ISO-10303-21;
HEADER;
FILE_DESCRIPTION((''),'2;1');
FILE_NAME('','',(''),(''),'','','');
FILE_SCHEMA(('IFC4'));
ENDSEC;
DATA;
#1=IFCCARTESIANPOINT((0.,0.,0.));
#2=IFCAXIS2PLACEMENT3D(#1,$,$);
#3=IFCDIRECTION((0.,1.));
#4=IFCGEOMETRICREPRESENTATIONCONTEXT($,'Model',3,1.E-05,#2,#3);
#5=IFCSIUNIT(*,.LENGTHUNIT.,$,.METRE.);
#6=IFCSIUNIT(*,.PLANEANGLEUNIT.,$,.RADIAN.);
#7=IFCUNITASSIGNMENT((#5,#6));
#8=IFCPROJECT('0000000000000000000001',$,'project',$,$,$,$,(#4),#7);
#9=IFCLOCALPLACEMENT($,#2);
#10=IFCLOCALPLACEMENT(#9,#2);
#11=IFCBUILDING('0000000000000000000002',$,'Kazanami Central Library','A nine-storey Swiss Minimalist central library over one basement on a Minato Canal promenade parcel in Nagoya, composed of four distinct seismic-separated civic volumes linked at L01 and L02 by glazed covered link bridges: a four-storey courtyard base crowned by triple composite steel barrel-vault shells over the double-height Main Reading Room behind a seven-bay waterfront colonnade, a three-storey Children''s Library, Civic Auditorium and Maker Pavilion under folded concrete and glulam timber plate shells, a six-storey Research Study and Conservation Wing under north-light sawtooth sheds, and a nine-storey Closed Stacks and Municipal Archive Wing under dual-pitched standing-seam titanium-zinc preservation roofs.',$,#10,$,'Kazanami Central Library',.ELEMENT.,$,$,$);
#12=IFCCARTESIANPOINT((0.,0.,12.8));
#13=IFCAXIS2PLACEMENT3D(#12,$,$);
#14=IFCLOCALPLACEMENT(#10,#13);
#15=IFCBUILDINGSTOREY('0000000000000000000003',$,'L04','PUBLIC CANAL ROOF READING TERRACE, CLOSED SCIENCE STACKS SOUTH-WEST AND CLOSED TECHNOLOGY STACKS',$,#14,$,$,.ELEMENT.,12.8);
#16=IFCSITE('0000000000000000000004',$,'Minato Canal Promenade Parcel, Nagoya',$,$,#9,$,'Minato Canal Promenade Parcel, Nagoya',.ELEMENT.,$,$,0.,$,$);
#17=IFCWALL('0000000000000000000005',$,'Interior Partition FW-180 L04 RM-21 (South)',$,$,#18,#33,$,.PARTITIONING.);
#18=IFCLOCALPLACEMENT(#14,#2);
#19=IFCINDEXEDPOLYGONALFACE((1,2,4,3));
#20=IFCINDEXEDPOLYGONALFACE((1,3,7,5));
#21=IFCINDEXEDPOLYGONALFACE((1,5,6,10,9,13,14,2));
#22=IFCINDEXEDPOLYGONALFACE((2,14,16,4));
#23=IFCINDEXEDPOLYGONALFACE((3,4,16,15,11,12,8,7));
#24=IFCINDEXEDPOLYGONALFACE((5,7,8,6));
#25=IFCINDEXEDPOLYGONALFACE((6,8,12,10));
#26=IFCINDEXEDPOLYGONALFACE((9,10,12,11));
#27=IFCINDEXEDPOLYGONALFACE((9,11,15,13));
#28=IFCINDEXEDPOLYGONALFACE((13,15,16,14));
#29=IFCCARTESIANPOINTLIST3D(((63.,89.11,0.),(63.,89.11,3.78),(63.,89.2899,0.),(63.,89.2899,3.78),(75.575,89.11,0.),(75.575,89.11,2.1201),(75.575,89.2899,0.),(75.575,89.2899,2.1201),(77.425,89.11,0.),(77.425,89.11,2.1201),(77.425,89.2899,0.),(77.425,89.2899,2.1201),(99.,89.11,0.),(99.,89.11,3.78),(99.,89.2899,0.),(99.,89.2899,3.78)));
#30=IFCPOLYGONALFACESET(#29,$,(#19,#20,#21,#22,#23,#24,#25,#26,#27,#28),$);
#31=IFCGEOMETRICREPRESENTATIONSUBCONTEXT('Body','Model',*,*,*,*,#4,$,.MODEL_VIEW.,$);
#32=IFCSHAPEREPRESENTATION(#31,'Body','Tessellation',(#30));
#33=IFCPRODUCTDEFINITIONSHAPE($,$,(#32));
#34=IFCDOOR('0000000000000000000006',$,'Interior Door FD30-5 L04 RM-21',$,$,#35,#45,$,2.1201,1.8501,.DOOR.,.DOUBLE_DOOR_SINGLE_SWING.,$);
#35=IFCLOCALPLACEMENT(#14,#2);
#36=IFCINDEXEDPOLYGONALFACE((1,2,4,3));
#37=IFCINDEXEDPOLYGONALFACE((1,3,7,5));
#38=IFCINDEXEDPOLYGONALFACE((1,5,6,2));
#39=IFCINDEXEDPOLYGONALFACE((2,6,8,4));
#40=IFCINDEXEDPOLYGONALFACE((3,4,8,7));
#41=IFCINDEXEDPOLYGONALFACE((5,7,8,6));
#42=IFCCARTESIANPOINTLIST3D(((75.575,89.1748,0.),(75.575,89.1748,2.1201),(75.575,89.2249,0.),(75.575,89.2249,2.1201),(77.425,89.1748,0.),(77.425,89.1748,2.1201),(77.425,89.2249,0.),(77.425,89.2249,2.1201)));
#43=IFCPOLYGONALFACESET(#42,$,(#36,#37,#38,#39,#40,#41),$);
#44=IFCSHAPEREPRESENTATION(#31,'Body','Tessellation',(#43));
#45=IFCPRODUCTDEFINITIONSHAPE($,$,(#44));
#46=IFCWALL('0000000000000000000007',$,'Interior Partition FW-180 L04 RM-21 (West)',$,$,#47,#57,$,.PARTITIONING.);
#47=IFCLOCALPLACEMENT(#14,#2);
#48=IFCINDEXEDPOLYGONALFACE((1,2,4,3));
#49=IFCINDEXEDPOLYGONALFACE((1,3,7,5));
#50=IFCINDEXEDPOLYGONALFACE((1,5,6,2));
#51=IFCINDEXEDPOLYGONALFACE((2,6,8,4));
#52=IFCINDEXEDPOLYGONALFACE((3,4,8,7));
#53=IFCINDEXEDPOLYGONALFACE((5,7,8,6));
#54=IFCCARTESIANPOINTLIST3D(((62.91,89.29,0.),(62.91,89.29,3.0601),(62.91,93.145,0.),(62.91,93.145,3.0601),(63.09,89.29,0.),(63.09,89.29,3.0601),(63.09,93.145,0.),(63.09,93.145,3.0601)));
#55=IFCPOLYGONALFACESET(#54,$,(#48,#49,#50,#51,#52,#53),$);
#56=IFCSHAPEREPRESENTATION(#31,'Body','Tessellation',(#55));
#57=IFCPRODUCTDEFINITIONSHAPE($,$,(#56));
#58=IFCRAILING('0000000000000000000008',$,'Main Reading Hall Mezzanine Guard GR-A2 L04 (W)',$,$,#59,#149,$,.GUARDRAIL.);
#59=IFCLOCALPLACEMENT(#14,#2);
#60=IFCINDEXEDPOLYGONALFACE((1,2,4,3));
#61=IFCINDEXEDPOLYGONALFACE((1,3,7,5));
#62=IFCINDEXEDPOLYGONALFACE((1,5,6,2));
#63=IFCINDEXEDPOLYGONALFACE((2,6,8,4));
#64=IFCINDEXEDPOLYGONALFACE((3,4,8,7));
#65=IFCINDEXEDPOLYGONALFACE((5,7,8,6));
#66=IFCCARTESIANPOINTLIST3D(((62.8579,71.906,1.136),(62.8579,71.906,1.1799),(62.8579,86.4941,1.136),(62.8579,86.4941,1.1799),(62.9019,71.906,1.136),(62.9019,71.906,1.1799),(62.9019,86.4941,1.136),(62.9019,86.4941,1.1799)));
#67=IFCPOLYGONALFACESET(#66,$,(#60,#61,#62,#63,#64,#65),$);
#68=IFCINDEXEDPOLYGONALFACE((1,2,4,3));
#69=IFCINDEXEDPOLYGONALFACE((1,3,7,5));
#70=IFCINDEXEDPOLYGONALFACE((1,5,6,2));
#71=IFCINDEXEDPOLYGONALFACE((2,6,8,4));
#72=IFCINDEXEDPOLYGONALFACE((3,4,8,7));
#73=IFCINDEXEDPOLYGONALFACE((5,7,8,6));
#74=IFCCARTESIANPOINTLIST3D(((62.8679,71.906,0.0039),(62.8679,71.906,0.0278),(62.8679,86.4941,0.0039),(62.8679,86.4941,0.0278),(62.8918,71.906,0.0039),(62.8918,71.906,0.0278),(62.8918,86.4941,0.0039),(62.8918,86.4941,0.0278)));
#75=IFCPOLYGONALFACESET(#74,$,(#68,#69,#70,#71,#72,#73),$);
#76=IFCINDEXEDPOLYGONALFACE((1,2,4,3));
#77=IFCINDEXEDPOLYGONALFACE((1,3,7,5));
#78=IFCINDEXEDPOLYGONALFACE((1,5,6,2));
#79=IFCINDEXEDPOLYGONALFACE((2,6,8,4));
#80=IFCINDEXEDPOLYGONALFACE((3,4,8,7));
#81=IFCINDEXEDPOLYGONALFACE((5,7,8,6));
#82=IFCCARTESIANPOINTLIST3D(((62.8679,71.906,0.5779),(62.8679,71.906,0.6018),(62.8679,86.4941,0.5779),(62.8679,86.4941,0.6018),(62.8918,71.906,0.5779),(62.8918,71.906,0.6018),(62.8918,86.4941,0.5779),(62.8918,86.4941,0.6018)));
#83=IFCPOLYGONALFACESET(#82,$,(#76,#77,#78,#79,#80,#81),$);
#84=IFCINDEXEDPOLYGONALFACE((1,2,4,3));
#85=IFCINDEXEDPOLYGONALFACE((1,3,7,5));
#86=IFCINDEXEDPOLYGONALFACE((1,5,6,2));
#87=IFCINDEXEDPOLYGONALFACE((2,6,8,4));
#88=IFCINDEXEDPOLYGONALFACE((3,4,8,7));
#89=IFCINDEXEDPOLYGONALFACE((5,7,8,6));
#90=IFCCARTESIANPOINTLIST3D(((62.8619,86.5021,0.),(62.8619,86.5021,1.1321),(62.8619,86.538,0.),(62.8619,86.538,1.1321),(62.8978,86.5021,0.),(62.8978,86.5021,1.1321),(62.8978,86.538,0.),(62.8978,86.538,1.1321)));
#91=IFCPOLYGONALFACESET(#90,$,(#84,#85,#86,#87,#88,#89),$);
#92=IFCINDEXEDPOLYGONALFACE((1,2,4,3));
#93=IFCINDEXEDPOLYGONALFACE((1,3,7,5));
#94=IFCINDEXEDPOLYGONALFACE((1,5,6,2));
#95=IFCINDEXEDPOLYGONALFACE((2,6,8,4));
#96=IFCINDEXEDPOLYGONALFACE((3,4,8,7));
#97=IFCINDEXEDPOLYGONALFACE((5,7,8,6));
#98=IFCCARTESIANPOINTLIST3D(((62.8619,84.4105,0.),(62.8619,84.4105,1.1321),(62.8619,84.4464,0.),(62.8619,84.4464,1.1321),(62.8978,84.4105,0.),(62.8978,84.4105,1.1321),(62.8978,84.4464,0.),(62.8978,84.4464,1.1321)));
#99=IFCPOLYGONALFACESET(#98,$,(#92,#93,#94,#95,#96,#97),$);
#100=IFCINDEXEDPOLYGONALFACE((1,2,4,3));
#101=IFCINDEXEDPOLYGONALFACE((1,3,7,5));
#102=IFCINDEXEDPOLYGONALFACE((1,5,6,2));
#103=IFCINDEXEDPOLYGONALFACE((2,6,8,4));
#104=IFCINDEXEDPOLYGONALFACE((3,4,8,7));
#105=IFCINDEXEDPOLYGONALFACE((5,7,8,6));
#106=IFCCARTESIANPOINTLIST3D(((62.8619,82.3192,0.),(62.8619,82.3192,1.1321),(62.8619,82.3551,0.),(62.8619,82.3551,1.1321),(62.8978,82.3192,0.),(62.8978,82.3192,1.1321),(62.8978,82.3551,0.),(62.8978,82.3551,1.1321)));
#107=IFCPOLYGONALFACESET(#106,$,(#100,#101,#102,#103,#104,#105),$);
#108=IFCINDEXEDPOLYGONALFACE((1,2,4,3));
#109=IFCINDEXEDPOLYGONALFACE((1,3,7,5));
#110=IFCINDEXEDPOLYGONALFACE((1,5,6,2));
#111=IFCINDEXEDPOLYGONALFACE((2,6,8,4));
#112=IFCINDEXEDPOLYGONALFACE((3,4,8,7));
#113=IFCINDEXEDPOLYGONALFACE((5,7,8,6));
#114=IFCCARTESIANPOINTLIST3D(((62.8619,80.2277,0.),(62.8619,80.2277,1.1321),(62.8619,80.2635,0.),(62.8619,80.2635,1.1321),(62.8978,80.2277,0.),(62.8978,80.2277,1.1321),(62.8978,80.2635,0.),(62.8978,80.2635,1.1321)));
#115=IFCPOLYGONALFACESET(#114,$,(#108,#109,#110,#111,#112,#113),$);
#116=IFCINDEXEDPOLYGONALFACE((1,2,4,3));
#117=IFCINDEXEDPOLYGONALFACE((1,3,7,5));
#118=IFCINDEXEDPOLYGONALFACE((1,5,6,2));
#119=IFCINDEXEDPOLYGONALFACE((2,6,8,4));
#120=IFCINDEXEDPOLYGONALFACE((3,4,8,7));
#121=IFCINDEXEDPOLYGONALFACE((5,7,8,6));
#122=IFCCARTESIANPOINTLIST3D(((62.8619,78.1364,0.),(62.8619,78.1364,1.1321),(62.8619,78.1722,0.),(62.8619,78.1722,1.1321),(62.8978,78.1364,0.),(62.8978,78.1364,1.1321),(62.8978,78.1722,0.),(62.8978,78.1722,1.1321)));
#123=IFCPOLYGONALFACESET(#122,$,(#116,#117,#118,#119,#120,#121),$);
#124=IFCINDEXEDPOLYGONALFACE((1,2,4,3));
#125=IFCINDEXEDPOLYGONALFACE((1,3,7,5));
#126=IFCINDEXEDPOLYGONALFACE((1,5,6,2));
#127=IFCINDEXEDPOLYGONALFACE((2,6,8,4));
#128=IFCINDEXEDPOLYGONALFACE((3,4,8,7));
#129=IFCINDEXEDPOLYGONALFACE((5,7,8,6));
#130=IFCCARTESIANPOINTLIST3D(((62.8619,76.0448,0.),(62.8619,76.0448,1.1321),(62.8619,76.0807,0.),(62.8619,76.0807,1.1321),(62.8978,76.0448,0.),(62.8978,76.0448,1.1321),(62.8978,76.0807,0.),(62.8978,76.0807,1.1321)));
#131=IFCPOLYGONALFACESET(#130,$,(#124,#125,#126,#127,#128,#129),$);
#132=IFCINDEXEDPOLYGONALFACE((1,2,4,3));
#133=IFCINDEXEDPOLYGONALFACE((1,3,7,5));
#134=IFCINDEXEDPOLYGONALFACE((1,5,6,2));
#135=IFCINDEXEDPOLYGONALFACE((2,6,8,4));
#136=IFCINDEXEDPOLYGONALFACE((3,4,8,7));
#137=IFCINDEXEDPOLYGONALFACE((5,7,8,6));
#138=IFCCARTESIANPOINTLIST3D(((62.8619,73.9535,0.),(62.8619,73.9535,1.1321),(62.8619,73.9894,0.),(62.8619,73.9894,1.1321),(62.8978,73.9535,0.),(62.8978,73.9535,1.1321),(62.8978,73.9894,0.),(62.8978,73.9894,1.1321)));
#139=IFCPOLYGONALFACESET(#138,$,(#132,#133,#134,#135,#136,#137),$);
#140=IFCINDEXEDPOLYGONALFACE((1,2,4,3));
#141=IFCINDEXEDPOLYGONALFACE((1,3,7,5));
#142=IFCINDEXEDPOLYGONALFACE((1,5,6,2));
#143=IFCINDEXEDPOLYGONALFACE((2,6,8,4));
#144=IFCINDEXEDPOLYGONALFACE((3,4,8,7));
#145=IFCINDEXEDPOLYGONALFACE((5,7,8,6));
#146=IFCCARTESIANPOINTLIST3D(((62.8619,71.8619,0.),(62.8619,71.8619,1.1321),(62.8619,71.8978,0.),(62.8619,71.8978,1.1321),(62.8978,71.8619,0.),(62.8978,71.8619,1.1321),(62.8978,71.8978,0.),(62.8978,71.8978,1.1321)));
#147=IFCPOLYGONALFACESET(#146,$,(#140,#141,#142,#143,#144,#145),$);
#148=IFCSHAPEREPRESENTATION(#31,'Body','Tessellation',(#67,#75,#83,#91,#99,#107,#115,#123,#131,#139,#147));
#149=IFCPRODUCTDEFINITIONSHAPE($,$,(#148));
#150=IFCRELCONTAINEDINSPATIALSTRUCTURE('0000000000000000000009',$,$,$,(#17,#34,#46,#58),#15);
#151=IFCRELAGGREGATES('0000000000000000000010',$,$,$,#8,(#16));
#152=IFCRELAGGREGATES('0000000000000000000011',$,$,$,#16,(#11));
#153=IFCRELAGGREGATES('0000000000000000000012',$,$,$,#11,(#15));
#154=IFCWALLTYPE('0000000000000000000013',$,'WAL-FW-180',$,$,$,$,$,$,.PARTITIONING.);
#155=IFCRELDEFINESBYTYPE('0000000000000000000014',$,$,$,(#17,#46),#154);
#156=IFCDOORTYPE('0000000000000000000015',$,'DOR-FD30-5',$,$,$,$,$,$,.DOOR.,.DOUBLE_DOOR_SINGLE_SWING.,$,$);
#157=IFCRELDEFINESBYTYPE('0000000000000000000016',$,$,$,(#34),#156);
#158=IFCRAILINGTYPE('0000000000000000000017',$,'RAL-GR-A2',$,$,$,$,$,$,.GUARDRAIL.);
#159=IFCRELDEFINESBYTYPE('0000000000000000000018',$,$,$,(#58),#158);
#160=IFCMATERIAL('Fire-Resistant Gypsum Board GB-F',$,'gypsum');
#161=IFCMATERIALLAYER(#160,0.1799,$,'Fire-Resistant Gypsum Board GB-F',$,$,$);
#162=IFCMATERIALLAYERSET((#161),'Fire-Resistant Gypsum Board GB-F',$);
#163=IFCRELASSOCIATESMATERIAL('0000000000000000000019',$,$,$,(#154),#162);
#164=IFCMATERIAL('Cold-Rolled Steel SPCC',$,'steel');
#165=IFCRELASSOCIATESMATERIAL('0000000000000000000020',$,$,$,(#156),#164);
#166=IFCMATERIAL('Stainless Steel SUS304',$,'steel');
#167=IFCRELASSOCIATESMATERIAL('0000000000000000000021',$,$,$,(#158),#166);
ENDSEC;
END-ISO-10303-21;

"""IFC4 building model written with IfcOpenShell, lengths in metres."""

from ifc_helpers import new_model, si_unit, direction, frame, frame_2d, origin, origin_2d, place, context, subcontext, project, spatial, rectangle, extrude, material, layer, layer_set, type_object, element, fill, save


model = new_model("IFC4")

# Units and contexts
model_context = context("Model", 3, precision=1e-05, world=origin(), true_north=direction((0.0, 1.0)))
body_context = subcontext(model_context, "Body", "Model", "MODEL_VIEW")
ifc_project = project(units=[si_unit("LENGTHUNIT", "METRE"), si_unit("PLANEANGLEUNIT", "RADIAN")], contexts=[model_context])

# Site, building, storey
site_placement = place(None, origin())
site = spatial("IfcSite", under=ifc_project, at=site_placement, Name="Minato Canal Promenade Parcel, Nagoya", LongName="Minato Canal Promenade Parcel, Nagoya", CompositionType="ELEMENT", RefElevation=0.0)
building_placement = place(site_placement, origin())
building = spatial("IfcBuilding", under=site, at=building_placement, Name="Kazanami Central Library", Description="A nine-storey Swiss Minimalist central library over one basement on a Minato Canal promenade parcel in Nagoya, composed of four distinct seismic-separated civic volumes linked at L01 and L02 by glazed covered link bridges: a four-storey courtyard base crowned by triple composite steel barrel-vault shells over the double-height Main Reading Room behind a seven-bay waterfront colonnade, a three-storey Children's Library, Civic Auditorium and Maker Pavilion under folded concrete and glulam timber plate shells, a six-storey Research Study and Conservation Wing under north-light sawtooth sheds, and a nine-storey Closed Stacks and Municipal Archive Wing under dual-pitched standing-seam titanium-zinc preservation roofs.", LongName="Kazanami Central Library", CompositionType="ELEMENT")
storey_placement = place(building_placement, frame((0.0, 0.0, 12.8)))
storey = spatial("IfcBuildingStorey", under=building, at=storey_placement, Name="L04", Description="PUBLIC CANAL ROOF READING TERRACE, CLOSED SCIENCE STACKS SOUTH-WEST AND CLOSED TECHNOLOGY STACKS", CompositionType="ELEMENT", Elevation=12.8)

# Wall, opening, door
ifc_material_1 = material(Name="Fire-Resistant Gypsum Board GB-F", Category="gypsum")
ifc_layer_1 = layer(ifc_material_1, 0.1799, Name="Fire-Resistant Gypsum Board GB-F")
ifc_layer_set_1 = layer_set([ifc_layer_1], Name="Fire-Resistant Gypsum Board GB-F")
wall_type_1 = type_object("IfcWallType", Name="WAL-FW-180", PredefinedType="PARTITIONING", material=ifc_layer_set_1)
wall_1_placement = place(storey_placement, frame((63.0, 89.2, 0.0), z_axis=(0.0, 0.0, 1.0), x_axis=(1.0, 0.0, 0.0)))
wall_1 = element("IfcWall", 1, at=wall_1_placement, inside=storey, type_object=wall_type_1, Name="Interior Partition FW-180 L04 RM-21 (South)", PredefinedType="PARTITIONING", context=body_context, shape_type="SweptSolid", body=[
    extrude(rectangle(XDim=36.0, YDim=0.1799, at=frame_2d((18.0, 0.0))), origin(), (0.0, 0.0, 1.0), 3.78),
])
opening_1_placement = place(wall_1_placement, frame((12.575, 0.0, 0.0)))
opening_1 = element("IfcOpeningElement", 2, at=opening_1_placement, cuts=wall_1, PredefinedType="OPENING", context=body_context, shape_type="SweptSolid", body=[
    extrude(rectangle(XDim=1.8501, YDim=2.1201, at=frame_2d((0.925, 1.0601))), frame((0.0, 0.1021, 0.0), z_axis=(0.0, -1.0, 0.0), x_axis=(1.0, 0.0, 0.0)), (0.0, 0.0, 1.0), 0.2039),
])
ifc_material_2 = material(Name="Cold-Rolled Steel SPCC", Category="steel")
door_type = type_object("IfcDoorType", Name="DOR-FD30-5", OperationType="DOUBLE_DOOR_SINGLE_SWING", PredefinedType="DOOR", material=ifc_material_2)
door_placement = place(opening_1_placement, origin())
door = element("IfcDoor", 3, at=door_placement, inside=storey, type_object=door_type, Name="Interior Door FD30-5 L04 RM-21", OperationType="DOUBLE_DOOR_SINGLE_SWING", OverallHeight=2.1201, OverallWidth=1.8501, PredefinedType="DOOR", context=body_context, shape_type="SweptSolid", body=[
    extrude(rectangle(XDim=1.8501, YDim=2.1201, at=frame_2d((0.925, 1.0601))), frame((0.0, 0.0249, 0.0), z_axis=(0.0, -1.0, 0.0), x_axis=(1.0, 0.0, 0.0)), (0.0, 0.0, 1.0), 0.05),
])
fill(opening_1, door)

# Wall
wall_2_placement = place(storey_placement, frame((63.0, 89.29, 0.0), z_axis=(0.0, 0.0, 1.0), x_axis=(0.0, 1.0, 0.0)))
element("IfcWall", 4, at=wall_2_placement, inside=storey, type_object=wall_type_1, Name="Interior Partition FW-180 L04 RM-21 (West)", PredefinedType="PARTITIONING", context=body_context, shape_type="SweptSolid", body=[
    extrude(rectangle(XDim=3.855, YDim=0.1799, at=frame_2d((1.9275, 0.0))), origin(), (0.0, 0.0, 1.0), 3.0601),
])

# Railing
ifc_material_3 = material(Name="Stainless Steel SUS304", Category="steel")
railing_type = type_object("IfcRailingType", Name="RAL-GR-A2", PredefinedType="GUARDRAIL", material=ifc_material_3)
railing_placement = place(storey_placement, frame((62.8799, 86.52, 0.0)))
element("IfcRailing", 5, at=railing_placement, inside=storey, type_object=railing_type, Name="Main Reading Hall Mezzanine Guard GR-A2 L04 (W)", PredefinedType="GUARDRAIL", context=body_context, shape_type="SweptSolid", body=[
    extrude(rectangle(XDim=0.0439, YDim=0.0439, at=origin_2d()), frame((0.0, -0.0259, 1.158), z_axis=(0.0, -1.0, 0.0), x_axis=(1.0, 0.0, 0.0)), (0.0, 0.0, 1.0), 14.5881),
    extrude(rectangle(XDim=0.0239, YDim=0.0239, at=origin_2d()), frame((0.0, -0.0259, 0.0159), z_axis=(0.0, -1.0, 0.0), x_axis=(1.0, 0.0, 0.0)), (0.0, 0.0, 1.0), 14.5881),
    extrude(rectangle(XDim=0.0239, YDim=0.0239, at=origin_2d()), frame((0.0, -0.0259, 0.5898), z_axis=(0.0, -1.0, 0.0), x_axis=(1.0, 0.0, 0.0)), (0.0, 0.0, 1.0), 14.5881),
    extrude(rectangle(XDim=0.0359, YDim=0.0359, at=origin_2d()), origin(), (0.0, 0.0, 1.0), 1.1321),
    extrude(rectangle(XDim=0.0359, YDim=0.0359, at=origin_2d()), frame((0.0, -2.0916, 0.0)), (0.0, 0.0, 1.0), 1.1321),
    extrude(rectangle(XDim=0.0359, YDim=0.0359, at=origin_2d()), frame((0.0, -4.1829, 0.0)), (0.0, 0.0, 1.0), 1.1321),
    extrude(rectangle(XDim=0.0359, YDim=0.0359, at=origin_2d()), frame((0.0, -6.2744, 0.0)), (0.0, 0.0, 1.0), 1.1321),
    extrude(rectangle(XDim=0.0359, YDim=0.0359, at=origin_2d()), frame((0.0, -8.3657, 0.0)), (0.0, 0.0, 1.0), 1.1321),
    extrude(rectangle(XDim=0.0359, YDim=0.0359, at=origin_2d()), frame((0.0, -10.4573, 0.0)), (0.0, 0.0, 1.0), 1.1321),
    extrude(rectangle(XDim=0.0359, YDim=0.0359, at=origin_2d()), frame((0.0, -12.5486, 0.0)), (0.0, 0.0, 1.0), 1.1321),
    extrude(rectangle(XDim=0.0359, YDim=0.0359, at=origin_2d()), frame((0.0, -14.6401, 0.0)), (0.0, 0.0, 1.0), 1.1321),
])

save(model, "model.ifc")
